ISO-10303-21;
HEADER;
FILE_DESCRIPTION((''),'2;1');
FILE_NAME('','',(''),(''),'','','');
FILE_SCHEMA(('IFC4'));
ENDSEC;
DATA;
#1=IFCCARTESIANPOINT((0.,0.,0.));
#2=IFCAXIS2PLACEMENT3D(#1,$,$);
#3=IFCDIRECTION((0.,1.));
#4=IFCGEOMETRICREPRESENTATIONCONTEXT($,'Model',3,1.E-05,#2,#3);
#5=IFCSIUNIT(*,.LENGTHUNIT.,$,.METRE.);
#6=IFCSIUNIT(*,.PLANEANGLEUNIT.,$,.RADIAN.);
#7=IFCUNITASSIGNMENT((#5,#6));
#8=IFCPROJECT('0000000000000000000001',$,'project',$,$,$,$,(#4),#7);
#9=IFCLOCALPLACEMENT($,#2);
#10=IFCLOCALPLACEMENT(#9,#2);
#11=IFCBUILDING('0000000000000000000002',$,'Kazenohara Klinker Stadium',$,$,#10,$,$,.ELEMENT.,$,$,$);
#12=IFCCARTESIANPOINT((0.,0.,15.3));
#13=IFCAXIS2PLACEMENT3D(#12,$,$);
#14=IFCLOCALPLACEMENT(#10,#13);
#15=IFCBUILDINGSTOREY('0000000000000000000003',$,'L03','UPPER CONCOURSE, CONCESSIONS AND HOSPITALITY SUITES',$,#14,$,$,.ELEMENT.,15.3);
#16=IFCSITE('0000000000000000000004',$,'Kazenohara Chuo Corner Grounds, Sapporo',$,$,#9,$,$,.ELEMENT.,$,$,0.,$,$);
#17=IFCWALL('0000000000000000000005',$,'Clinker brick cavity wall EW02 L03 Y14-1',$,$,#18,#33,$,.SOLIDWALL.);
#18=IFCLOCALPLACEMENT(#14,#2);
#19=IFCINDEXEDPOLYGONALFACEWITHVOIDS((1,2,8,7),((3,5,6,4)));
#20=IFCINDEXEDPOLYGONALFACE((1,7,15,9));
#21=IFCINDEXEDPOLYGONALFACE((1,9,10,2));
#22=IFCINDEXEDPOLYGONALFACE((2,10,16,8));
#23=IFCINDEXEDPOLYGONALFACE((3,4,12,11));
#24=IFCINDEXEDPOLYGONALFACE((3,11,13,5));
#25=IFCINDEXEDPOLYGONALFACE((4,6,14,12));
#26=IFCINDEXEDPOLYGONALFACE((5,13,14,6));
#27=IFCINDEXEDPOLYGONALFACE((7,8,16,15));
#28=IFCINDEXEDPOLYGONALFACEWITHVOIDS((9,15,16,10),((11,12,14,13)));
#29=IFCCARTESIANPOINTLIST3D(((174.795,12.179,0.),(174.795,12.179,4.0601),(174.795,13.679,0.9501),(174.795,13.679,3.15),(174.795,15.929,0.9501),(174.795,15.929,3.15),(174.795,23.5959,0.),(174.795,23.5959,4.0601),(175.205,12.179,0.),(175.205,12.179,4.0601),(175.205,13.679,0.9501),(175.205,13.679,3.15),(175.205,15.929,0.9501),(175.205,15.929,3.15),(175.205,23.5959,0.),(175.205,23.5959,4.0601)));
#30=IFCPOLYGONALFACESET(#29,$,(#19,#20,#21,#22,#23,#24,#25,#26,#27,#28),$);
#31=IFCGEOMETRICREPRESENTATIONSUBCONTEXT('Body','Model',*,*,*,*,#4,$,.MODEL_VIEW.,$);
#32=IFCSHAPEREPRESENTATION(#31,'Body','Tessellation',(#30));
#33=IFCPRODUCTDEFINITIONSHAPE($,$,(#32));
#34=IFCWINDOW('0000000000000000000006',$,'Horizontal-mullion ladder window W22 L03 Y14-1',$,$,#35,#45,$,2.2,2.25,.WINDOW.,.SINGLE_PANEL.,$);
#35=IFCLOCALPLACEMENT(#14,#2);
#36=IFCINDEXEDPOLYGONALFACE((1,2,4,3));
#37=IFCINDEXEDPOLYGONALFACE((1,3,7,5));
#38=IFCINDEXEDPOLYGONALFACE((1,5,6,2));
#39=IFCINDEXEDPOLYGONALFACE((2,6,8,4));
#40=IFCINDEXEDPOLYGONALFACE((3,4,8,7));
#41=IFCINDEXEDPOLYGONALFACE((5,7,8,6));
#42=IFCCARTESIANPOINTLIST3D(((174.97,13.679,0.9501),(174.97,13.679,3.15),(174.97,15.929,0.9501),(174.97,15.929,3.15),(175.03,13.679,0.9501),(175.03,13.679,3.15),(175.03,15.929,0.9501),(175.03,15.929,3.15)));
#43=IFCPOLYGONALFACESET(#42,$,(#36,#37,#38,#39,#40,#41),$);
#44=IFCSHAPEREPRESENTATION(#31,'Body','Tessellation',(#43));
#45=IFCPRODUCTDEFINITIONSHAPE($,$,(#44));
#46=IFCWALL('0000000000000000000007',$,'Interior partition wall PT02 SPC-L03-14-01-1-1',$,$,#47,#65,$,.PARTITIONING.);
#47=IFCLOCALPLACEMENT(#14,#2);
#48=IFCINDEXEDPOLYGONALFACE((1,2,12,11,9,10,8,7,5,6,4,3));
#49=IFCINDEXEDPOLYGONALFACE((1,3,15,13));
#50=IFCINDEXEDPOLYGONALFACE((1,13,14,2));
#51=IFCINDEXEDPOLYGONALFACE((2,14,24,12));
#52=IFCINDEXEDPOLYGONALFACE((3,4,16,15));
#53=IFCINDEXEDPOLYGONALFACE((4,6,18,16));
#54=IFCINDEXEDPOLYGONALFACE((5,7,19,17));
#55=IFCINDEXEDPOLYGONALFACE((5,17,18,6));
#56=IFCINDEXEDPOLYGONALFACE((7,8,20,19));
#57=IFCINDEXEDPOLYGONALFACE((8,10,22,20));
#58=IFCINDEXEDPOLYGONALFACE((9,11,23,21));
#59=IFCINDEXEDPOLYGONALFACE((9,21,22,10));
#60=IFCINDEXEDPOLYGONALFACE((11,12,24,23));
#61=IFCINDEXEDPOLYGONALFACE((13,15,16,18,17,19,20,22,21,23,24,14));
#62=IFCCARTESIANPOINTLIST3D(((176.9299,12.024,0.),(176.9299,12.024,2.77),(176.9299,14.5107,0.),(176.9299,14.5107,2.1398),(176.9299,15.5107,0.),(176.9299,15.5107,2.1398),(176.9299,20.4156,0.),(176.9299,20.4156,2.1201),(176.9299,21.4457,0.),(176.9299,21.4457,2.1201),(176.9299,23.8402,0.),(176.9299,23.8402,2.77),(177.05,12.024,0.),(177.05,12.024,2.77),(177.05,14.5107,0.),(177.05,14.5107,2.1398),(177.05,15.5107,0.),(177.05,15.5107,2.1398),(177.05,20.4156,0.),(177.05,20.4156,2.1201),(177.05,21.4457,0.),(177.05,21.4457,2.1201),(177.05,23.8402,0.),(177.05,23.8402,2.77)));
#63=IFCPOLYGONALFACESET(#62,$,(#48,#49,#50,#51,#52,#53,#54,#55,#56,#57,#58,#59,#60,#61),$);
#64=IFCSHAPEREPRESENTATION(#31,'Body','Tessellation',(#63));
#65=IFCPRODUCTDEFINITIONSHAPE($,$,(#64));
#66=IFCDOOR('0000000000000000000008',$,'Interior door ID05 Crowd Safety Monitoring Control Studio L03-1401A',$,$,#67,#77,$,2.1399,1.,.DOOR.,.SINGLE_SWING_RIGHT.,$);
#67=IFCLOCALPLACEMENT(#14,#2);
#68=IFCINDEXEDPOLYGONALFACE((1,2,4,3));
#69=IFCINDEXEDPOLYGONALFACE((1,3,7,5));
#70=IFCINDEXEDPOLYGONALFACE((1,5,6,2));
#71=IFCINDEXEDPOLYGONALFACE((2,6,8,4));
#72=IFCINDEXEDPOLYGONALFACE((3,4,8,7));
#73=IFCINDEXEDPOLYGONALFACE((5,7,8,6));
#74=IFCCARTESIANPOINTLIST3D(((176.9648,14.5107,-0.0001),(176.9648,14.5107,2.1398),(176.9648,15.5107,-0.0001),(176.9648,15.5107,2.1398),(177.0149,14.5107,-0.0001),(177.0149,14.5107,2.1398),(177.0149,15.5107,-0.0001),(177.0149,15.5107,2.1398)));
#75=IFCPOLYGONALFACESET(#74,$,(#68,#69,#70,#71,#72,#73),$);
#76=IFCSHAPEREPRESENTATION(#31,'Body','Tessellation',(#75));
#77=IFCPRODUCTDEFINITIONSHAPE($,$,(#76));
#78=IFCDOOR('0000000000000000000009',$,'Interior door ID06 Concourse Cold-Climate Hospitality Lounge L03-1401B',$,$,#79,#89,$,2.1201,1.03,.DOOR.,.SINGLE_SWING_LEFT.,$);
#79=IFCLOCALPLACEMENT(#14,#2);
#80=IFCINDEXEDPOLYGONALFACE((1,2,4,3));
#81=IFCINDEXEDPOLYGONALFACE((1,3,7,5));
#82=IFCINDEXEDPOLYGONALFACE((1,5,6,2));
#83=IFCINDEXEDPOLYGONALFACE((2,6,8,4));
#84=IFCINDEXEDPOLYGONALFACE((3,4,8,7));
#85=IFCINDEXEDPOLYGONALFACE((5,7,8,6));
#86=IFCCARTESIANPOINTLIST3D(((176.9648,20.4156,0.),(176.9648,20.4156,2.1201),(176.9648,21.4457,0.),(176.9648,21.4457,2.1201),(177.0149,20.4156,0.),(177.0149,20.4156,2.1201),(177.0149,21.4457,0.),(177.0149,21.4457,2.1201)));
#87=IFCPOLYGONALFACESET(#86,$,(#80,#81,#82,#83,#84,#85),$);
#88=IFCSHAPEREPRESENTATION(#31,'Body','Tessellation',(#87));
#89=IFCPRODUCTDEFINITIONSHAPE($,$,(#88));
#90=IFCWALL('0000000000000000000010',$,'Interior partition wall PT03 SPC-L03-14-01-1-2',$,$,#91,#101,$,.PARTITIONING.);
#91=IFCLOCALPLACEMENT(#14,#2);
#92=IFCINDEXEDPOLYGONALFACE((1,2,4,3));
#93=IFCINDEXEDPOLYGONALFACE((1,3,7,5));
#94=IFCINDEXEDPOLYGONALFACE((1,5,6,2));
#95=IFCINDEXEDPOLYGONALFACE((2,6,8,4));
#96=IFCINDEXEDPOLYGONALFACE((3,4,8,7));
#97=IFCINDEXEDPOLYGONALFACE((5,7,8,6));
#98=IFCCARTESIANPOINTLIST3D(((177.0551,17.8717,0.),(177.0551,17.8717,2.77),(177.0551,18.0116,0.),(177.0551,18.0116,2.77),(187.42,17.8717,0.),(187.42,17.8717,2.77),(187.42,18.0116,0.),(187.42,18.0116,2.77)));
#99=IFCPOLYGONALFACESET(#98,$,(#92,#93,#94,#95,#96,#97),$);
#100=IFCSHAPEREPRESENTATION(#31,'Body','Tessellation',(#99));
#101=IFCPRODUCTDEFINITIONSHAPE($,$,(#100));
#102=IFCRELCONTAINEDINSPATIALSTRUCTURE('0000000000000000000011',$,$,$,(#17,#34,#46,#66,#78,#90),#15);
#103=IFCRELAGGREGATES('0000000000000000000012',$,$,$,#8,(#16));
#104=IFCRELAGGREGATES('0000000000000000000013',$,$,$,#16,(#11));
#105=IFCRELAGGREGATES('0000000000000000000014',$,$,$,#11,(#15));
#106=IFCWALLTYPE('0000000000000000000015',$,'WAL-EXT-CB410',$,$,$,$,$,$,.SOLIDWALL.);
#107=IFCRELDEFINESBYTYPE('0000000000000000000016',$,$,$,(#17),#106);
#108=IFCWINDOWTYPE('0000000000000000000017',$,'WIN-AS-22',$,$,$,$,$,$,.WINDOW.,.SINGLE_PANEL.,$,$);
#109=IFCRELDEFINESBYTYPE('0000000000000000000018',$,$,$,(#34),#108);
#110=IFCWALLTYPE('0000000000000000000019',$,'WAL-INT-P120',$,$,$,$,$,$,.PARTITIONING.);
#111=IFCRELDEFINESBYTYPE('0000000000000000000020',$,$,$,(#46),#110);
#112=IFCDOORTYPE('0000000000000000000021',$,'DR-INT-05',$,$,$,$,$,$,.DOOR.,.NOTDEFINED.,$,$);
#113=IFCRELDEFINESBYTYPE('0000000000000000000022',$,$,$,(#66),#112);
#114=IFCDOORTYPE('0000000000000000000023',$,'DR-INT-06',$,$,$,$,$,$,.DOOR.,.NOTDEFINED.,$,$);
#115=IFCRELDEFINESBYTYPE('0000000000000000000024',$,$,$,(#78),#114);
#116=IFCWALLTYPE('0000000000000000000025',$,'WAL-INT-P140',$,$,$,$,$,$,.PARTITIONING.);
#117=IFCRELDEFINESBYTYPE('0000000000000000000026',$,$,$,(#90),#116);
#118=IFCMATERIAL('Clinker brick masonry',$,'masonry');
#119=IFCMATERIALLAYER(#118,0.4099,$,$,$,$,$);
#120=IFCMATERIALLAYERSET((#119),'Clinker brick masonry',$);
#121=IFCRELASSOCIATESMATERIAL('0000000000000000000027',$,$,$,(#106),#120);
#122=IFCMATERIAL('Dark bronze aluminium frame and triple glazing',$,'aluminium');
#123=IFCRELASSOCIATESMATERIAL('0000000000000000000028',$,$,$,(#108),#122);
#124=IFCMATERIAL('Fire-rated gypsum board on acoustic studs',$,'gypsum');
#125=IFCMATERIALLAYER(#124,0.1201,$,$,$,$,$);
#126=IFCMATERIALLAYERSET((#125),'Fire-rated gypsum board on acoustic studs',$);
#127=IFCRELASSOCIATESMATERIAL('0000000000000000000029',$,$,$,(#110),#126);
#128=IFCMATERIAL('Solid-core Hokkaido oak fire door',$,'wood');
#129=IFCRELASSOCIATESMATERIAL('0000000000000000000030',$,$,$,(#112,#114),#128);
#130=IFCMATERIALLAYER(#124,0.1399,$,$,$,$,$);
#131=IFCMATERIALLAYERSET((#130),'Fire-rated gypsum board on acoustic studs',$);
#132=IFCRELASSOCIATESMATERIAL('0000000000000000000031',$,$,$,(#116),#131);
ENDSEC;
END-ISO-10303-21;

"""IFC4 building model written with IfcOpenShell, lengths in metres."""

from ifc_helpers import new_model, si_unit, direction, frame, frame_2d, origin, place, context, subcontext, project, spatial, rectangle, extrude, material, layer, layer_set, type_object, element, fill, save


model = new_model("IFC4")

# Units and contexts
model_context = context("Model", 3, precision=1e-05, world=origin(), true_north=direction((0.0, 1.0)))
body_context = subcontext(model_context, "Body", "Model", "MODEL_VIEW")
ifc_project = project(units=[si_unit("LENGTHUNIT", "METRE"), si_unit("PLANEANGLEUNIT", "RADIAN")], contexts=[model_context])

# Site, building, storey
site_placement = place(None, origin())
site = spatial("IfcSite", under=ifc_project, at=site_placement, Name="Kazenohara Chuo Corner Grounds, Sapporo", CompositionType="ELEMENT", RefElevation=0.0)
building_placement = place(site_placement, origin())
building = spatial("IfcBuilding", under=site, at=building_placement, Name="Kazenohara Klinker Stadium", CompositionType="ELEMENT")
storey_placement = place(building_placement, frame((0.0, 0.0, 15.3)))
storey = spatial("IfcBuildingStorey", under=building, at=storey_placement, Name="L03", Description="UPPER CONCOURSE, CONCESSIONS AND HOSPITALITY SUITES", CompositionType="ELEMENT", Elevation=15.3)

# Shared definitions
ifc_material_1 = material(Name="Clinker brick masonry", Category="masonry")

# Wall, opening, window
ifc_layer_1 = layer(ifc_material_1, 0.4099)
ifc_layer_set_1 = layer_set([ifc_layer_1], Name="Clinker brick masonry")
wall_type_1 = type_object("IfcWallType", Name="WAL-EXT-CB410", PredefinedType="SOLIDWALL", material=ifc_layer_set_1)
wall_1_placement = place(storey_placement, frame((175.0, 12.179, 0.0), z_axis=(0.0, 0.0, 1.0), x_axis=(0.0, 1.0, 0.0)))
wall_1 = element("IfcWall", 1, at=wall_1_placement, inside=storey, type_object=wall_type_1, Name="Clinker brick cavity wall EW02 L03 Y14-1", PredefinedType="SOLIDWALL", context=body_context, shape_type="SweptSolid", body=[
    extrude(rectangle(XDim=11.417, YDim=0.4099, at=frame_2d((5.7085, 0.0))), origin(), (0.0, 0.0, 1.0), 4.0601),
])
opening_1_placement = place(wall_1_placement, frame((1.5, 0.0, 0.95)))
opening_1 = element("IfcOpeningElement", 2, at=opening_1_placement, cuts=wall_1, PredefinedType="OPENING", context=body_context, shape_type="SweptSolid", body=[
    extrude(rectangle(XDim=2.25, YDim=2.2, at=frame_2d((1.125, 1.1001))), frame((0.0, 0.2148, 0.0), z_axis=(0.0, -1.0, 0.0), x_axis=(1.0, 0.0, 0.0)), (0.0, 0.0, 1.0), 0.4299),
])
ifc_material_2 = material(Name="Dark bronze aluminium frame and triple glazing", Category="aluminium")
window_type = type_object("IfcWindowType", Name="WIN-AS-22", PartitioningType="SINGLE_PANEL", PredefinedType="WINDOW", material=ifc_material_2)
window_placement = place(opening_1_placement, origin())
window = element("IfcWindow", 3, at=window_placement, inside=storey, type_object=window_type, Name="Horizontal-mullion ladder window W22 L03 Y14-1", OverallHeight=2.2, OverallWidth=2.25, PartitioningType="SINGLE_PANEL", PredefinedType="WINDOW", context=body_context, shape_type="SweptSolid", body=[
    extrude(rectangle(XDim=2.25, YDim=2.2, at=frame_2d((1.125, 1.1001))), frame((0.0, 0.03, 0.0), z_axis=(0.0, -1.0, 0.0), x_axis=(1.0, 0.0, 0.0)), (0.0, 0.0, 1.0), 0.0601),
])
fill(opening_1, window)

# Wall, openings, doors
ifc_material_3 = material(Name="Fire-rated gypsum board on acoustic studs", Category="gypsum")
ifc_layer_2 = layer(ifc_material_3, 0.1201)
ifc_layer_set_2 = layer_set([ifc_layer_2], Name="Fire-rated gypsum board on acoustic studs")
wall_type_2 = type_object("IfcWallType", Name="WAL-INT-P120", PredefinedType="PARTITIONING", material=ifc_layer_set_2)
wall_2_placement = place(storey_placement, frame((176.99, 12.0239, 0.0), z_axis=(0.0, 0.0, 1.0), x_axis=(0.0, 1.0, 0.0)))
wall_2 = element("IfcWall", 4, at=wall_2_placement, inside=storey, type_object=wall_type_2, Name="Interior partition wall PT02 SPC-L03-14-01-1-1", PredefinedType="PARTITIONING", context=body_context, shape_type="SweptSolid", body=[
    extrude(rectangle(XDim=11.8162, YDim=0.1201, at=frame_2d((5.9082, 0.0))), origin(), (0.0, 0.0, 1.0), 2.77),
])
opening_2_placement = place(wall_2_placement, frame((3.4868, 0.0, 0.0), z_axis=(0.0, 0.0, 1.0), x_axis=(-1.0, 0.0, 0.0)))
opening_2 = element("IfcOpeningElement", 5, at=opening_2_placement, cuts=wall_2, PredefinedType="OPENING", context=body_context, shape_type="SweptSolid", body=[
    extrude(rectangle(XDim=1.0, YDim=2.1399, at=frame_2d((0.5, 1.0698))), frame((0.0, 0.0701, 0.0), z_axis=(0.0, -1.0, 0.0), x_axis=(1.0, 0.0, 0.0)), (0.0, 0.0, 1.0), 0.1401),
])
opening_3_placement = place(wall_2_placement, frame((9.4219, 0.0, 0.0), z_axis=(0.0, 0.0, 1.0), x_axis=(-1.0, 0.0, 0.0)))
opening_3 = element("IfcOpeningElement", 6, at=opening_3_placement, cuts=wall_2, PredefinedType="OPENING", context=body_context, shape_type="SweptSolid", body=[
    extrude(rectangle(XDim=1.03, YDim=2.1201, at=frame_2d((0.5151, 1.0601))), frame((0.0, 0.0701, 0.0), z_axis=(0.0, -1.0, 0.0), x_axis=(1.0, 0.0, 0.0)), (0.0, 0.0, 1.0), 0.1401),
])
ifc_material_4 = material(Name="Solid-core Hokkaido oak fire door", Category="wood")
door_type_1 = type_object("IfcDoorType", Name="DR-INT-05", OperationType="NOTDEFINED", PredefinedType="DOOR", material=ifc_material_4)
door_1_placement = place(opening_2_placement, origin())
door_1 = element("IfcDoor", 7, at=door_1_placement, inside=storey, type_object=door_type_1, Name="Interior door ID05 Crowd Safety Monitoring Control Studio L03-1401A", OperationType="SINGLE_SWING_RIGHT", OverallHeight=2.1399, OverallWidth=1.0, PredefinedType="DOOR", context=body_context, shape_type="SweptSolid", body=[
    extrude(rectangle(XDim=1.0, YDim=2.1399, at=frame_2d((0.5, 1.0698))), frame((0.0, 0.0249, 0.0), z_axis=(0.0, -1.0, 0.0), x_axis=(1.0, 0.0, 0.0)), (0.0, 0.0, 1.0), 0.05),
])
fill(opening_2, door_1)
door_type_2 = type_object("IfcDoorType", Name="DR-INT-06", OperationType="NOTDEFINED", PredefinedType="DOOR", material=ifc_material_4)
door_2_placement = place(opening_3_placement, origin())
door_2 = element("IfcDoor", 8, at=door_2_placement, inside=storey, type_object=door_type_2, Name="Interior door ID06 Concourse Cold-Climate Hospitality Lounge L03-1401B", OperationType="SINGLE_SWING_LEFT", OverallHeight=2.1201, OverallWidth=1.03, PredefinedType="DOOR", context=body_context, shape_type="SweptSolid", body=[
    extrude(rectangle(XDim=1.03, YDim=2.1201, at=frame_2d((0.5151, 1.0601))), frame((0.0, 0.0249, 0.0), z_axis=(0.0, -1.0, 0.0), x_axis=(1.0, 0.0, 0.0)), (0.0, 0.0, 1.0), 0.05),
])
fill(opening_3, door_2)

# Wall
ifc_layer_3 = layer(ifc_material_3, 0.1399)
ifc_layer_set_3 = layer_set([ifc_layer_3], Name="Fire-rated gypsum board on acoustic studs")
wall_type_3 = type_object("IfcWallType", Name="WAL-INT-P140", PredefinedType="PARTITIONING", material=ifc_layer_set_3)
wall_3_placement = place(storey_placement, frame((177.0549, 17.9417, 0.0), z_axis=(0.0, 0.0, 1.0), x_axis=(1.0, 0.0, 0.0)))
element("IfcWall", 9, at=wall_3_placement, inside=storey, type_object=wall_type_3, Name="Interior partition wall PT03 SPC-L03-14-01-1-2", PredefinedType="PARTITIONING", context=body_context, shape_type="SweptSolid", body=[
    extrude(rectangle(XDim=10.365, YDim=0.1399, at=frame_2d((5.1826, 0.0))), origin(), (0.0, 0.0, 1.0), 2.77),
])

save(model, "model.ifc")
